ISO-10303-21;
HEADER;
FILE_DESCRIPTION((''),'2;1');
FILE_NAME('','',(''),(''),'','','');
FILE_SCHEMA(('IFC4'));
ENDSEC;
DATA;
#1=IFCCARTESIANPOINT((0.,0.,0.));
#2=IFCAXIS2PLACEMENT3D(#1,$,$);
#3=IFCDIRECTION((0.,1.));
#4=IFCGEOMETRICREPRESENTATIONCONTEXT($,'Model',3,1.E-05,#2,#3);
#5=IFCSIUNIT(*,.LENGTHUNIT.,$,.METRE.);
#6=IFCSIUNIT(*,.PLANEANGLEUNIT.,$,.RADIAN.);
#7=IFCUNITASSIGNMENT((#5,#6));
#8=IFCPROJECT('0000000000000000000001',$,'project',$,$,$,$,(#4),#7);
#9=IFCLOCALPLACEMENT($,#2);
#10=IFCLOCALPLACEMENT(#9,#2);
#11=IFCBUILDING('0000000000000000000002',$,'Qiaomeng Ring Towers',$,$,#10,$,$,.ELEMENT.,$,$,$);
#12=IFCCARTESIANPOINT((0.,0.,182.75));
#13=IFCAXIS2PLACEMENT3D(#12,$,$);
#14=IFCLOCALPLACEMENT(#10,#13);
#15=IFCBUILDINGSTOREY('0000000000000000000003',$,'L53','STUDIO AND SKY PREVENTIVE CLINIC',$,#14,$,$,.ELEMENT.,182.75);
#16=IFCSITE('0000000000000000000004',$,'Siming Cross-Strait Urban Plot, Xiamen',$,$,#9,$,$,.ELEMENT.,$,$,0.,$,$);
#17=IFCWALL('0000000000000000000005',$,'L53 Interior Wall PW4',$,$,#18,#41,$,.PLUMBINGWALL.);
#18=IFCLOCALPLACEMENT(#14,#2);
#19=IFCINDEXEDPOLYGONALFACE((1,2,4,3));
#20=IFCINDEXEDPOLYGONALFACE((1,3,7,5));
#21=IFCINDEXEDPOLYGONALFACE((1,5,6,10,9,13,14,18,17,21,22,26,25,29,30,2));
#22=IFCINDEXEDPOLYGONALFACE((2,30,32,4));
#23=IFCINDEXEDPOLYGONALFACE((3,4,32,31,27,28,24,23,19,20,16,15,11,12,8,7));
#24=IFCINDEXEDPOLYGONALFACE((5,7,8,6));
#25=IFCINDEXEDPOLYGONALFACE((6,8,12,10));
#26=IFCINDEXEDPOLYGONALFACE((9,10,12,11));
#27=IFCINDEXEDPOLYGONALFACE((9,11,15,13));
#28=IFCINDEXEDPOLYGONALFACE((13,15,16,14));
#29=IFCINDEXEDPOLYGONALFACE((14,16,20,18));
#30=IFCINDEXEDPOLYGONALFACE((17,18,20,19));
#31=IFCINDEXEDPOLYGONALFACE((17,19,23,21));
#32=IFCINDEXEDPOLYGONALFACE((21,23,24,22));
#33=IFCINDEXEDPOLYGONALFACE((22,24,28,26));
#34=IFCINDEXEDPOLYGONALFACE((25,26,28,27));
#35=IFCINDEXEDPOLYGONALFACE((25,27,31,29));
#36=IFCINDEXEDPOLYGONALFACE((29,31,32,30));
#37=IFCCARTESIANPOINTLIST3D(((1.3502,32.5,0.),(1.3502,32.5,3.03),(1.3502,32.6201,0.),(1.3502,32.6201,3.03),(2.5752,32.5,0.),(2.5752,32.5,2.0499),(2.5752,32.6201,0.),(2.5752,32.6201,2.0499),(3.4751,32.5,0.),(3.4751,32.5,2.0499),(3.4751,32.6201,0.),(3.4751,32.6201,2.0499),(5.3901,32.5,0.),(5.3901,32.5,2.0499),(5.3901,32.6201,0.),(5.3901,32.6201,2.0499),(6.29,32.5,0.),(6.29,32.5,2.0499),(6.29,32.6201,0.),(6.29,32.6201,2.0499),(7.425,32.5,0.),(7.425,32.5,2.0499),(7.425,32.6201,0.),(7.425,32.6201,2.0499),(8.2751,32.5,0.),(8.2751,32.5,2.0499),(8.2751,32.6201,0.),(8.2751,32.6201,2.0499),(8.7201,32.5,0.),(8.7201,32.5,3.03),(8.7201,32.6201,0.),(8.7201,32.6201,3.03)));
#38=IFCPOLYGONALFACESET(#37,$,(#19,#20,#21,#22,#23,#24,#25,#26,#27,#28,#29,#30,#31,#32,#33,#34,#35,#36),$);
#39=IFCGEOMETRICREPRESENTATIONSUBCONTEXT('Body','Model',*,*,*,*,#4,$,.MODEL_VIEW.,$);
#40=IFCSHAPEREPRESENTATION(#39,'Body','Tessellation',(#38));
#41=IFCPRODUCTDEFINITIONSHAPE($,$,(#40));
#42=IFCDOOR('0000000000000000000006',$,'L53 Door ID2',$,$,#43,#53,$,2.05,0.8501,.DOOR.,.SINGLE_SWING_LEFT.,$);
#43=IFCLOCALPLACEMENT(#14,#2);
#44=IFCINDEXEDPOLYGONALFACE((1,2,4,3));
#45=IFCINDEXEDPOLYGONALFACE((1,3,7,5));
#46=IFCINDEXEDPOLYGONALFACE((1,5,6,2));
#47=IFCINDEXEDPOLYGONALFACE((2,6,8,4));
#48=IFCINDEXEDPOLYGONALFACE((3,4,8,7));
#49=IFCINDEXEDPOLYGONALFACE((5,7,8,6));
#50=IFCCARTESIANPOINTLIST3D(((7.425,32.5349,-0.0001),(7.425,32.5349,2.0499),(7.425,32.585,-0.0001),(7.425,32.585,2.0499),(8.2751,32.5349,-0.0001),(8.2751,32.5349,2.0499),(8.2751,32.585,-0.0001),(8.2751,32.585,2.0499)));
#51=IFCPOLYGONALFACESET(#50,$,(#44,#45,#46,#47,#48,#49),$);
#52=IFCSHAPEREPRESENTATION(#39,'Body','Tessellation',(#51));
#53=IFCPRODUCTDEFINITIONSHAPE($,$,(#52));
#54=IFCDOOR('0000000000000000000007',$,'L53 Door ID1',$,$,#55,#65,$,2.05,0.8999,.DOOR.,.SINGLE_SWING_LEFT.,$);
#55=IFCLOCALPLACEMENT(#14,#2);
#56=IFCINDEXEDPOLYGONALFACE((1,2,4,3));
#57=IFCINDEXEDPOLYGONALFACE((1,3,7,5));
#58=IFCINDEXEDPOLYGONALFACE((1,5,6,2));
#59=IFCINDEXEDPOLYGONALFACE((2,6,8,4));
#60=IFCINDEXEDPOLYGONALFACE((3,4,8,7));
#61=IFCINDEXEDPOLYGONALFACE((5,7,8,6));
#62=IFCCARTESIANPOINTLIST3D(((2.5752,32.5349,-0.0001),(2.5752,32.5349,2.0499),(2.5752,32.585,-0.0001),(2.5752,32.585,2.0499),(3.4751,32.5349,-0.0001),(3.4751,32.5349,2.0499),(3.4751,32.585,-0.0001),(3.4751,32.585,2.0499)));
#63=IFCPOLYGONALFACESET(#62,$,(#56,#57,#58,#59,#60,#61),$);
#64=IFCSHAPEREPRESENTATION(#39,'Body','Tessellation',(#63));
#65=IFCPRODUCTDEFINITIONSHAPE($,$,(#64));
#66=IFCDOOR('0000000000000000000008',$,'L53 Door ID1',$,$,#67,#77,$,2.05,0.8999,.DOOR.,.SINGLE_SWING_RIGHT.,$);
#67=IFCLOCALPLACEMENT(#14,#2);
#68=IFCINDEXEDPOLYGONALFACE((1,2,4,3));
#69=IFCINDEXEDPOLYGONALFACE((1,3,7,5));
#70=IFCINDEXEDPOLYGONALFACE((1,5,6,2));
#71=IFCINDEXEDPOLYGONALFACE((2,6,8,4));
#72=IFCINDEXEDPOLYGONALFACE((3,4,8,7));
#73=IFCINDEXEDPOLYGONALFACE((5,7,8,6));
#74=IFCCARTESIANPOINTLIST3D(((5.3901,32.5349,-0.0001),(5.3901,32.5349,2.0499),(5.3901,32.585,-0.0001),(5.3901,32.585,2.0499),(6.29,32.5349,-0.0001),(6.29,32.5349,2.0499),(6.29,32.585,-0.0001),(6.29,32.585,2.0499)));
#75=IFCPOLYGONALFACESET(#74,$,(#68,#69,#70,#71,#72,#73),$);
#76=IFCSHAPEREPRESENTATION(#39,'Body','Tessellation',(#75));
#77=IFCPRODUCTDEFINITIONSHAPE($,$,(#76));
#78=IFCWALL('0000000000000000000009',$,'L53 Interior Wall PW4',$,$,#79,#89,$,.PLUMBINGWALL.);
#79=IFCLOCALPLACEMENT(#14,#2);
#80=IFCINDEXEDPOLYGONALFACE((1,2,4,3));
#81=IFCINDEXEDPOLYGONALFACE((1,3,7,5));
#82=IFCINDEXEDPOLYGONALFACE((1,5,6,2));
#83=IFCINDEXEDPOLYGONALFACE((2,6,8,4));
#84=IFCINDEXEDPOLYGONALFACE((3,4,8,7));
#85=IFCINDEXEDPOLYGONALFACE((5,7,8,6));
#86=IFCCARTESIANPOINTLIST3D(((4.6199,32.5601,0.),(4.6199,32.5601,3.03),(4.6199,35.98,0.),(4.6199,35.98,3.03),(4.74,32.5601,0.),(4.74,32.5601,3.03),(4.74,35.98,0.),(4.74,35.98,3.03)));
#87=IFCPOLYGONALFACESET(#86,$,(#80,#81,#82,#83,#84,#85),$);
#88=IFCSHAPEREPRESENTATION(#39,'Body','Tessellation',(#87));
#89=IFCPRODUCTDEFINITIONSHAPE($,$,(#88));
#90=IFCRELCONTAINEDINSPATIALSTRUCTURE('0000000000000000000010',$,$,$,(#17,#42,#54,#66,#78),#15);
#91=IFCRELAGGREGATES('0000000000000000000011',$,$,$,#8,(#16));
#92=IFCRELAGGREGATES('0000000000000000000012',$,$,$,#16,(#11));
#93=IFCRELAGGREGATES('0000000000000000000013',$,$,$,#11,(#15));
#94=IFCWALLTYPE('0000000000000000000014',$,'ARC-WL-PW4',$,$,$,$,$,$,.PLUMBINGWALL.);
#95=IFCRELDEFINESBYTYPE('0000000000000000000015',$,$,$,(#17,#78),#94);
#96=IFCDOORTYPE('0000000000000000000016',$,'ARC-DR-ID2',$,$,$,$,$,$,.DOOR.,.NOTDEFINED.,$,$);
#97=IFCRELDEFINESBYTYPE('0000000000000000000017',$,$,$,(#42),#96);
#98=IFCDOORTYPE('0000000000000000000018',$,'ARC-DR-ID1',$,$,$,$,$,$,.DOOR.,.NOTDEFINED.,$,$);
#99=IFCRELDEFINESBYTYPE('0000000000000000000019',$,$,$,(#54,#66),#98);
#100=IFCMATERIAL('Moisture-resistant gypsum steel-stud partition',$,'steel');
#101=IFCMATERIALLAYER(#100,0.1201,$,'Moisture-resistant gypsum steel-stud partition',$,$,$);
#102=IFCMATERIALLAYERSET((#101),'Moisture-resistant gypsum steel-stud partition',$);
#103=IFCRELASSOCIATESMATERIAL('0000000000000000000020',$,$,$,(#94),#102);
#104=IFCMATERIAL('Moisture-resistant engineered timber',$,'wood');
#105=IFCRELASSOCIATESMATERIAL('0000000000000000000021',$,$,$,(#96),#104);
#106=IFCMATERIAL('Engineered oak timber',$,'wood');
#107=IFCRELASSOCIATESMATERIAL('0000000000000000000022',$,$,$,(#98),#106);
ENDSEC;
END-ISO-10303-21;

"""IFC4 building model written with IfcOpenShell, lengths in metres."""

from ifc_helpers import new_model, si_unit, direction, frame, frame_2d, origin, place, context, subcontext, project, spatial, rectangle, extrude, source, transform, mapped, material, layer, layer_set, type_object, element, fill, save


model = new_model("IFC4")

# Units and contexts
model_context = context("Model", 3, precision=1e-05, world=origin(), true_north=direction((0.0, 1.0)))
body_context = subcontext(model_context, "Body", "Model", "MODEL_VIEW")
ifc_project = project(units=[si_unit("LENGTHUNIT", "METRE"), si_unit("PLANEANGLEUNIT", "RADIAN")], contexts=[model_context])

# Site, building, storey
site_placement = place(None, origin())
site = spatial("IfcSite", under=ifc_project, at=site_placement, Name="Siming Cross-Strait Urban Plot, Xiamen", CompositionType="ELEMENT", RefElevation=0.0)
building_placement = place(site_placement, origin())
building = spatial("IfcBuilding", under=site, at=building_placement, Name="Qiaomeng Ring Towers", CompositionType="ELEMENT")
storey_placement = place(building_placement, frame((0.0, 0.0, 182.75)))
storey = spatial("IfcBuildingStorey", under=building, at=storey_placement, Name="L53", Description="STUDIO AND SKY PREVENTIVE CLINIC", CompositionType="ELEMENT", Elevation=182.75)

# Wall, openings, doors
ifc_material_1 = material(Name="Moisture-resistant gypsum steel-stud partition", Category="steel")
ifc_layer_1 = layer(ifc_material_1, 0.1201, Name="Moisture-resistant gypsum steel-stud partition")
ifc_layer_set_1 = layer_set([ifc_layer_1], Name="Moisture-resistant gypsum steel-stud partition")
wall_type_1 = type_object("IfcWallType", Name="ARC-WL-PW4", PredefinedType="PLUMBINGWALL", material=ifc_layer_set_1)
wall_1_placement = place(storey_placement, frame((1.3501, 32.5601, 0.0), z_axis=(0.0, 0.0, 1.0), x_axis=(1.0, 0.0, 0.0)))
wall_1 = element("IfcWall", 1, at=wall_1_placement, inside=storey, type_object=wall_type_1, Name="L53 Interior Wall PW4", PredefinedType="PLUMBINGWALL", context=body_context, shape_type="SweptSolid", body=[
    extrude(rectangle(XDim=7.3699, YDim=0.1201, at=frame_2d((3.6851, 0.0))), origin(), (0.0, 0.0, 1.0), 3.03),
])
opening_1_placement = place(wall_1_placement, frame((1.2251, 0.0, 0.0)))
opening_1 = element("IfcOpeningElement", 2, at=opening_1_placement, cuts=wall_1, PredefinedType="OPENING", context=body_context, shape_type="SweptSolid", body=[
    extrude(rectangle(XDim=0.8999, YDim=2.05, at=frame_2d((0.45, 1.0249))), frame((0.0, 0.0701, 0.0), z_axis=(0.0, -1.0, 0.0), x_axis=(1.0, 0.0, 0.0)), (0.0, 0.0, 1.0), 0.1401),
])
opening_2_placement = place(wall_1_placement, frame((4.04, 0.0, 0.0)))
opening_2 = element("IfcOpeningElement", 3, at=opening_2_placement, cuts=wall_1, PredefinedType="OPENING", context=body_context, shape_type="SweptSolid", body=[
    extrude(rectangle(XDim=0.8999, YDim=2.05, at=frame_2d((0.45, 1.0249))), frame((0.0, 0.0701, 0.0), z_axis=(0.0, -1.0, 0.0), x_axis=(1.0, 0.0, 0.0)), (0.0, 0.0, 1.0), 0.1401),
])
opening_3_placement = place(wall_1_placement, frame((6.075, 0.0, 0.0)))
opening_3 = element("IfcOpeningElement", 4, at=opening_3_placement, cuts=wall_1, PredefinedType="OPENING", context=body_context, shape_type="SweptSolid", body=[
    extrude(rectangle(XDim=0.8501, YDim=2.05, at=frame_2d((0.425, 1.0249))), frame((0.0, 0.0701, 0.0), z_axis=(0.0, -1.0, 0.0), x_axis=(1.0, 0.0, 0.0)), (0.0, 0.0, 1.0), 0.1401),
])
ifc_material_2 = material(Name="Moisture-resistant engineered timber", Category="wood")
door_type_1 = type_object("IfcDoorType", Name="ARC-DR-ID2", OperationType="NOTDEFINED", PredefinedType="DOOR", material=ifc_material_2)
shared_shape_1 = source(origin(), body_context, "Body", "SweptSolid", [
    extrude(rectangle(XDim=0.8501, YDim=2.05, at=frame_2d((0.425, 1.0249))), frame((0.0, 0.0249, 0.0), z_axis=(0.0, -1.0, 0.0), x_axis=(1.0, 0.0, 0.0)), (0.0, 0.0, 1.0), 0.05),
])
door_1_placement = place(opening_3_placement, origin())
door_1 = element("IfcDoor", 5, at=door_1_placement, inside=storey, type_object=door_type_1, Name="L53 Door ID2", OperationType="SINGLE_SWING_LEFT", OverallHeight=2.05, OverallWidth=0.8501, PredefinedType="DOOR", context=body_context, shape_type="MappedRepresentation", body=[
    mapped(shared_shape_1, transform((0.0, 0.0, 0.0), x_axis=(1.0, 0.0, 0.0), y_axis=(0.0, 1.0, 0.0), z_axis=(0.0, 0.0, 1.0), scale=1.0)),
])
fill(opening_3, door_1)
ifc_material_3 = material(Name="Engineered oak timber", Category="wood")
door_type_2 = type_object("IfcDoorType", Name="ARC-DR-ID1", OperationType="NOTDEFINED", PredefinedType="DOOR", material=ifc_material_3)
shared_shape_2 = source(origin(), body_context, "Body", "SweptSolid", [
    extrude(rectangle(XDim=0.8999, YDim=2.05, at=frame_2d((0.45, 1.0249))), frame((0.0, 0.0249, 0.0), z_axis=(0.0, -1.0, 0.0), x_axis=(1.0, 0.0, 0.0)), (0.0, 0.0, 1.0), 0.05),
])
door_2_placement = place(opening_1_placement, origin())
door_2 = element("IfcDoor", 6, at=door_2_placement, inside=storey, type_object=door_type_2, Name="L53 Door ID1", OperationType="SINGLE_SWING_LEFT", OverallHeight=2.05, OverallWidth=0.8999, PredefinedType="DOOR", context=body_context, shape_type="MappedRepresentation", body=[
    mapped(shared_shape_2, transform((0.0, 0.0, 0.0), x_axis=(1.0, 0.0, 0.0), y_axis=(0.0, 1.0, 0.0), z_axis=(0.0, 0.0, 1.0), scale=1.0)),
])
fill(opening_1, door_2)
door_3_placement = place(opening_2_placement, origin())
door_3 = element("IfcDoor", 7, at=door_3_placement, inside=storey, type_object=door_type_2, Name="L53 Door ID1", OperationType="SINGLE_SWING_RIGHT", OverallHeight=2.05, OverallWidth=0.8999, PredefinedType="DOOR", context=body_context, shape_type="MappedRepresentation", body=[
    mapped(shared_shape_2, transform((0.0, 0.0, 0.0), x_axis=(1.0, 0.0, 0.0), y_axis=(0.0, 1.0, 0.0), z_axis=(0.0, 0.0, 1.0), scale=1.0)),
])
fill(opening_2, door_3)

# Wall
wall_2_placement = place(storey_placement, frame((4.6799, 32.5601, 0.0), z_axis=(0.0, 0.0, 1.0), x_axis=(0.0, 1.0, 0.0)))
element("IfcWall", 8, at=wall_2_placement, inside=storey, type_object=wall_type_1, Name="L53 Interior Wall PW4", PredefinedType="PLUMBINGWALL", context=body_context, shape_type="SweptSolid", body=[
    extrude(rectangle(XDim=3.4199, YDim=0.1201, at=frame_2d((1.71, 0.0))), origin(), (0.0, 0.0, 1.0), 3.03),
])

save(model, "model.ifc")
